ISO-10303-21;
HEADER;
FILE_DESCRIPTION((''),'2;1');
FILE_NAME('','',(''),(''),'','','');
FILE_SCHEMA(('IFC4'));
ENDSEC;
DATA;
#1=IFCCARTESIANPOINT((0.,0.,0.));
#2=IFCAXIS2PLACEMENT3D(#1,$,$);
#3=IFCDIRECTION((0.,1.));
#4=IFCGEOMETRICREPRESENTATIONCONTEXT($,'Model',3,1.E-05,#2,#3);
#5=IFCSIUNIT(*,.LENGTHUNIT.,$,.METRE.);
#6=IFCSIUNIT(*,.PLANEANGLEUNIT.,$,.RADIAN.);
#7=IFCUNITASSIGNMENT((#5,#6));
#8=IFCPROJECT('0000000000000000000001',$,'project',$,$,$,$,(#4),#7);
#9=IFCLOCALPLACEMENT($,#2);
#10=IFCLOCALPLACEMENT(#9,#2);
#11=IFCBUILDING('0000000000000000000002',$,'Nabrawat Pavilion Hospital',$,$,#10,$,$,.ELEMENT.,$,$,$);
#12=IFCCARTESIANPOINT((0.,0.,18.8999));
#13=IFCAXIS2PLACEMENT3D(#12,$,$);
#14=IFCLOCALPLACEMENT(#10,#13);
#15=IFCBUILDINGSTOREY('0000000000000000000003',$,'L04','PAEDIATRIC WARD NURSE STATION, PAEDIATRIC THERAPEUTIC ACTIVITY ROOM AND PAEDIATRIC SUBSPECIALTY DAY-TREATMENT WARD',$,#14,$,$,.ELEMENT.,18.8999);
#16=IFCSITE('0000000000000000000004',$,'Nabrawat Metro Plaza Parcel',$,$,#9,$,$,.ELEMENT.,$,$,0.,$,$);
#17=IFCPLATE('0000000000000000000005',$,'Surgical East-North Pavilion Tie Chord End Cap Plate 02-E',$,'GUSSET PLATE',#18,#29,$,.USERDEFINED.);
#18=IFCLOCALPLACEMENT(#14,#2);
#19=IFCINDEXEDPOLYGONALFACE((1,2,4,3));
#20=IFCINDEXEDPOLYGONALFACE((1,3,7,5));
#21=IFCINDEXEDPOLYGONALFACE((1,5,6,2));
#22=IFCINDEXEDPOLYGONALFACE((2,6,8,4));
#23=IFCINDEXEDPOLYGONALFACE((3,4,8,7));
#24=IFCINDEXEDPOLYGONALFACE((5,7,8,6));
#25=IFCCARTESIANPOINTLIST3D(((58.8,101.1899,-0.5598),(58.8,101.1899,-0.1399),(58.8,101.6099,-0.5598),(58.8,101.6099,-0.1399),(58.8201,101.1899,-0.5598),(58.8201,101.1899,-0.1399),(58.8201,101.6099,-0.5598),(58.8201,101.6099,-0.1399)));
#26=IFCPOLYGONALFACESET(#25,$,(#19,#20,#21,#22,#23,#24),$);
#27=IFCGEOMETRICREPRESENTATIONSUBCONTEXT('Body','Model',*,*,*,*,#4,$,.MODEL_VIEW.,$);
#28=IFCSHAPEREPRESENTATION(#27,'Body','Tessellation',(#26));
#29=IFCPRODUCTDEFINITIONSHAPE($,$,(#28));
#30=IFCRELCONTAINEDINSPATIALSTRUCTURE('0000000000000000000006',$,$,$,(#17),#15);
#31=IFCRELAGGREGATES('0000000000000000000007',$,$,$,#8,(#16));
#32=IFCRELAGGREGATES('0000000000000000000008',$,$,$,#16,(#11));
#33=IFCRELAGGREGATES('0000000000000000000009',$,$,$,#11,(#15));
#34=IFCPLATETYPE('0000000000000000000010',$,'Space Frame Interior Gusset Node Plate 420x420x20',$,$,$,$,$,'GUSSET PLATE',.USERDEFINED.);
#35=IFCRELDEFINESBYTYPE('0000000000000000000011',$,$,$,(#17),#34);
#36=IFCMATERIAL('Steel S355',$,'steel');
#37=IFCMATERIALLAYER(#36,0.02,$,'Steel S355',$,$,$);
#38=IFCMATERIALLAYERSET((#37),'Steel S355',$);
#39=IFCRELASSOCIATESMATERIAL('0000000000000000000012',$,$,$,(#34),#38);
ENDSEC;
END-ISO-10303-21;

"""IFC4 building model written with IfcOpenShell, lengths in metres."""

from ifc_helpers import new_model, si_unit, direction, frame, origin, origin_2d, place, context, subcontext, project, spatial, rectangle, extrude, material, layer, layer_set, type_object, element, save


model = new_model("IFC4")

# Units and contexts
model_context = context("Model", 3, precision=1e-05, world=origin(), true_north=direction((0.0, 1.0)))
body_context = subcontext(model_context, "Body", "Model", "MODEL_VIEW")
ifc_project = project(units=[si_unit("LENGTHUNIT", "METRE"), si_unit("PLANEANGLEUNIT", "RADIAN")], contexts=[model_context])

# Site, building, storey
site_placement = place(None, origin())
site = spatial("IfcSite", under=ifc_project, at=site_placement, Name="Nabrawat Metro Plaza Parcel", CompositionType="ELEMENT", RefElevation=0.0)
building_placement = place(site_placement, origin())
building = spatial("IfcBuilding", under=site, at=building_placement, Name="Nabrawat Pavilion Hospital", CompositionType="ELEMENT")
storey_placement = place(building_placement, frame((0.0, 0.0, 18.8999)))
storey = spatial("IfcBuildingStorey", under=building, at=storey_placement, Name="L04", Description="PAEDIATRIC WARD NURSE STATION, PAEDIATRIC THERAPEUTIC ACTIVITY ROOM AND PAEDIATRIC SUBSPECIALTY DAY-TREATMENT WARD", CompositionType="ELEMENT", Elevation=18.8999)

# Shared definitions
ifc_material_1 = material(Name="Steel S355", Category="steel")

# Plate
ifc_layer_1 = layer(ifc_material_1, 0.02, Name="Steel S355")
ifc_layer_set_1 = layer_set([ifc_layer_1], Name="Steel S355")
plate_type_1 = type_object("IfcPlateType", Name="Space Frame Interior Gusset Node Plate 420x420x20", ElementType="GUSSET PLATE", PredefinedType="USERDEFINED", material=ifc_layer_set_1)
for number, where, z_axis, x_axis, name in (
    (1, (58.8101, 101.3999, -0.5598), (0.0, 0.0, 1.0), (1.0, 0.0, 0.0), "Surgical East-North Pavilion Tie Chord End Cap Plate 02-E"),
):
    element("IfcPlate", number, at=place(storey_placement, frame(where, z_axis=z_axis, x_axis=x_axis)), inside=storey, type_object=plate_type_1, Name=name, ObjectType="GUSSET PLATE", PredefinedType="USERDEFINED", context=body_context, shape_type="SweptSolid", body=[
        extrude(rectangle(XDim=0.02, YDim=0.4199, at=origin_2d()), origin(), (0.0, 0.0, 1.0), 0.4199),
    ])

save(model, "model.ifc")
